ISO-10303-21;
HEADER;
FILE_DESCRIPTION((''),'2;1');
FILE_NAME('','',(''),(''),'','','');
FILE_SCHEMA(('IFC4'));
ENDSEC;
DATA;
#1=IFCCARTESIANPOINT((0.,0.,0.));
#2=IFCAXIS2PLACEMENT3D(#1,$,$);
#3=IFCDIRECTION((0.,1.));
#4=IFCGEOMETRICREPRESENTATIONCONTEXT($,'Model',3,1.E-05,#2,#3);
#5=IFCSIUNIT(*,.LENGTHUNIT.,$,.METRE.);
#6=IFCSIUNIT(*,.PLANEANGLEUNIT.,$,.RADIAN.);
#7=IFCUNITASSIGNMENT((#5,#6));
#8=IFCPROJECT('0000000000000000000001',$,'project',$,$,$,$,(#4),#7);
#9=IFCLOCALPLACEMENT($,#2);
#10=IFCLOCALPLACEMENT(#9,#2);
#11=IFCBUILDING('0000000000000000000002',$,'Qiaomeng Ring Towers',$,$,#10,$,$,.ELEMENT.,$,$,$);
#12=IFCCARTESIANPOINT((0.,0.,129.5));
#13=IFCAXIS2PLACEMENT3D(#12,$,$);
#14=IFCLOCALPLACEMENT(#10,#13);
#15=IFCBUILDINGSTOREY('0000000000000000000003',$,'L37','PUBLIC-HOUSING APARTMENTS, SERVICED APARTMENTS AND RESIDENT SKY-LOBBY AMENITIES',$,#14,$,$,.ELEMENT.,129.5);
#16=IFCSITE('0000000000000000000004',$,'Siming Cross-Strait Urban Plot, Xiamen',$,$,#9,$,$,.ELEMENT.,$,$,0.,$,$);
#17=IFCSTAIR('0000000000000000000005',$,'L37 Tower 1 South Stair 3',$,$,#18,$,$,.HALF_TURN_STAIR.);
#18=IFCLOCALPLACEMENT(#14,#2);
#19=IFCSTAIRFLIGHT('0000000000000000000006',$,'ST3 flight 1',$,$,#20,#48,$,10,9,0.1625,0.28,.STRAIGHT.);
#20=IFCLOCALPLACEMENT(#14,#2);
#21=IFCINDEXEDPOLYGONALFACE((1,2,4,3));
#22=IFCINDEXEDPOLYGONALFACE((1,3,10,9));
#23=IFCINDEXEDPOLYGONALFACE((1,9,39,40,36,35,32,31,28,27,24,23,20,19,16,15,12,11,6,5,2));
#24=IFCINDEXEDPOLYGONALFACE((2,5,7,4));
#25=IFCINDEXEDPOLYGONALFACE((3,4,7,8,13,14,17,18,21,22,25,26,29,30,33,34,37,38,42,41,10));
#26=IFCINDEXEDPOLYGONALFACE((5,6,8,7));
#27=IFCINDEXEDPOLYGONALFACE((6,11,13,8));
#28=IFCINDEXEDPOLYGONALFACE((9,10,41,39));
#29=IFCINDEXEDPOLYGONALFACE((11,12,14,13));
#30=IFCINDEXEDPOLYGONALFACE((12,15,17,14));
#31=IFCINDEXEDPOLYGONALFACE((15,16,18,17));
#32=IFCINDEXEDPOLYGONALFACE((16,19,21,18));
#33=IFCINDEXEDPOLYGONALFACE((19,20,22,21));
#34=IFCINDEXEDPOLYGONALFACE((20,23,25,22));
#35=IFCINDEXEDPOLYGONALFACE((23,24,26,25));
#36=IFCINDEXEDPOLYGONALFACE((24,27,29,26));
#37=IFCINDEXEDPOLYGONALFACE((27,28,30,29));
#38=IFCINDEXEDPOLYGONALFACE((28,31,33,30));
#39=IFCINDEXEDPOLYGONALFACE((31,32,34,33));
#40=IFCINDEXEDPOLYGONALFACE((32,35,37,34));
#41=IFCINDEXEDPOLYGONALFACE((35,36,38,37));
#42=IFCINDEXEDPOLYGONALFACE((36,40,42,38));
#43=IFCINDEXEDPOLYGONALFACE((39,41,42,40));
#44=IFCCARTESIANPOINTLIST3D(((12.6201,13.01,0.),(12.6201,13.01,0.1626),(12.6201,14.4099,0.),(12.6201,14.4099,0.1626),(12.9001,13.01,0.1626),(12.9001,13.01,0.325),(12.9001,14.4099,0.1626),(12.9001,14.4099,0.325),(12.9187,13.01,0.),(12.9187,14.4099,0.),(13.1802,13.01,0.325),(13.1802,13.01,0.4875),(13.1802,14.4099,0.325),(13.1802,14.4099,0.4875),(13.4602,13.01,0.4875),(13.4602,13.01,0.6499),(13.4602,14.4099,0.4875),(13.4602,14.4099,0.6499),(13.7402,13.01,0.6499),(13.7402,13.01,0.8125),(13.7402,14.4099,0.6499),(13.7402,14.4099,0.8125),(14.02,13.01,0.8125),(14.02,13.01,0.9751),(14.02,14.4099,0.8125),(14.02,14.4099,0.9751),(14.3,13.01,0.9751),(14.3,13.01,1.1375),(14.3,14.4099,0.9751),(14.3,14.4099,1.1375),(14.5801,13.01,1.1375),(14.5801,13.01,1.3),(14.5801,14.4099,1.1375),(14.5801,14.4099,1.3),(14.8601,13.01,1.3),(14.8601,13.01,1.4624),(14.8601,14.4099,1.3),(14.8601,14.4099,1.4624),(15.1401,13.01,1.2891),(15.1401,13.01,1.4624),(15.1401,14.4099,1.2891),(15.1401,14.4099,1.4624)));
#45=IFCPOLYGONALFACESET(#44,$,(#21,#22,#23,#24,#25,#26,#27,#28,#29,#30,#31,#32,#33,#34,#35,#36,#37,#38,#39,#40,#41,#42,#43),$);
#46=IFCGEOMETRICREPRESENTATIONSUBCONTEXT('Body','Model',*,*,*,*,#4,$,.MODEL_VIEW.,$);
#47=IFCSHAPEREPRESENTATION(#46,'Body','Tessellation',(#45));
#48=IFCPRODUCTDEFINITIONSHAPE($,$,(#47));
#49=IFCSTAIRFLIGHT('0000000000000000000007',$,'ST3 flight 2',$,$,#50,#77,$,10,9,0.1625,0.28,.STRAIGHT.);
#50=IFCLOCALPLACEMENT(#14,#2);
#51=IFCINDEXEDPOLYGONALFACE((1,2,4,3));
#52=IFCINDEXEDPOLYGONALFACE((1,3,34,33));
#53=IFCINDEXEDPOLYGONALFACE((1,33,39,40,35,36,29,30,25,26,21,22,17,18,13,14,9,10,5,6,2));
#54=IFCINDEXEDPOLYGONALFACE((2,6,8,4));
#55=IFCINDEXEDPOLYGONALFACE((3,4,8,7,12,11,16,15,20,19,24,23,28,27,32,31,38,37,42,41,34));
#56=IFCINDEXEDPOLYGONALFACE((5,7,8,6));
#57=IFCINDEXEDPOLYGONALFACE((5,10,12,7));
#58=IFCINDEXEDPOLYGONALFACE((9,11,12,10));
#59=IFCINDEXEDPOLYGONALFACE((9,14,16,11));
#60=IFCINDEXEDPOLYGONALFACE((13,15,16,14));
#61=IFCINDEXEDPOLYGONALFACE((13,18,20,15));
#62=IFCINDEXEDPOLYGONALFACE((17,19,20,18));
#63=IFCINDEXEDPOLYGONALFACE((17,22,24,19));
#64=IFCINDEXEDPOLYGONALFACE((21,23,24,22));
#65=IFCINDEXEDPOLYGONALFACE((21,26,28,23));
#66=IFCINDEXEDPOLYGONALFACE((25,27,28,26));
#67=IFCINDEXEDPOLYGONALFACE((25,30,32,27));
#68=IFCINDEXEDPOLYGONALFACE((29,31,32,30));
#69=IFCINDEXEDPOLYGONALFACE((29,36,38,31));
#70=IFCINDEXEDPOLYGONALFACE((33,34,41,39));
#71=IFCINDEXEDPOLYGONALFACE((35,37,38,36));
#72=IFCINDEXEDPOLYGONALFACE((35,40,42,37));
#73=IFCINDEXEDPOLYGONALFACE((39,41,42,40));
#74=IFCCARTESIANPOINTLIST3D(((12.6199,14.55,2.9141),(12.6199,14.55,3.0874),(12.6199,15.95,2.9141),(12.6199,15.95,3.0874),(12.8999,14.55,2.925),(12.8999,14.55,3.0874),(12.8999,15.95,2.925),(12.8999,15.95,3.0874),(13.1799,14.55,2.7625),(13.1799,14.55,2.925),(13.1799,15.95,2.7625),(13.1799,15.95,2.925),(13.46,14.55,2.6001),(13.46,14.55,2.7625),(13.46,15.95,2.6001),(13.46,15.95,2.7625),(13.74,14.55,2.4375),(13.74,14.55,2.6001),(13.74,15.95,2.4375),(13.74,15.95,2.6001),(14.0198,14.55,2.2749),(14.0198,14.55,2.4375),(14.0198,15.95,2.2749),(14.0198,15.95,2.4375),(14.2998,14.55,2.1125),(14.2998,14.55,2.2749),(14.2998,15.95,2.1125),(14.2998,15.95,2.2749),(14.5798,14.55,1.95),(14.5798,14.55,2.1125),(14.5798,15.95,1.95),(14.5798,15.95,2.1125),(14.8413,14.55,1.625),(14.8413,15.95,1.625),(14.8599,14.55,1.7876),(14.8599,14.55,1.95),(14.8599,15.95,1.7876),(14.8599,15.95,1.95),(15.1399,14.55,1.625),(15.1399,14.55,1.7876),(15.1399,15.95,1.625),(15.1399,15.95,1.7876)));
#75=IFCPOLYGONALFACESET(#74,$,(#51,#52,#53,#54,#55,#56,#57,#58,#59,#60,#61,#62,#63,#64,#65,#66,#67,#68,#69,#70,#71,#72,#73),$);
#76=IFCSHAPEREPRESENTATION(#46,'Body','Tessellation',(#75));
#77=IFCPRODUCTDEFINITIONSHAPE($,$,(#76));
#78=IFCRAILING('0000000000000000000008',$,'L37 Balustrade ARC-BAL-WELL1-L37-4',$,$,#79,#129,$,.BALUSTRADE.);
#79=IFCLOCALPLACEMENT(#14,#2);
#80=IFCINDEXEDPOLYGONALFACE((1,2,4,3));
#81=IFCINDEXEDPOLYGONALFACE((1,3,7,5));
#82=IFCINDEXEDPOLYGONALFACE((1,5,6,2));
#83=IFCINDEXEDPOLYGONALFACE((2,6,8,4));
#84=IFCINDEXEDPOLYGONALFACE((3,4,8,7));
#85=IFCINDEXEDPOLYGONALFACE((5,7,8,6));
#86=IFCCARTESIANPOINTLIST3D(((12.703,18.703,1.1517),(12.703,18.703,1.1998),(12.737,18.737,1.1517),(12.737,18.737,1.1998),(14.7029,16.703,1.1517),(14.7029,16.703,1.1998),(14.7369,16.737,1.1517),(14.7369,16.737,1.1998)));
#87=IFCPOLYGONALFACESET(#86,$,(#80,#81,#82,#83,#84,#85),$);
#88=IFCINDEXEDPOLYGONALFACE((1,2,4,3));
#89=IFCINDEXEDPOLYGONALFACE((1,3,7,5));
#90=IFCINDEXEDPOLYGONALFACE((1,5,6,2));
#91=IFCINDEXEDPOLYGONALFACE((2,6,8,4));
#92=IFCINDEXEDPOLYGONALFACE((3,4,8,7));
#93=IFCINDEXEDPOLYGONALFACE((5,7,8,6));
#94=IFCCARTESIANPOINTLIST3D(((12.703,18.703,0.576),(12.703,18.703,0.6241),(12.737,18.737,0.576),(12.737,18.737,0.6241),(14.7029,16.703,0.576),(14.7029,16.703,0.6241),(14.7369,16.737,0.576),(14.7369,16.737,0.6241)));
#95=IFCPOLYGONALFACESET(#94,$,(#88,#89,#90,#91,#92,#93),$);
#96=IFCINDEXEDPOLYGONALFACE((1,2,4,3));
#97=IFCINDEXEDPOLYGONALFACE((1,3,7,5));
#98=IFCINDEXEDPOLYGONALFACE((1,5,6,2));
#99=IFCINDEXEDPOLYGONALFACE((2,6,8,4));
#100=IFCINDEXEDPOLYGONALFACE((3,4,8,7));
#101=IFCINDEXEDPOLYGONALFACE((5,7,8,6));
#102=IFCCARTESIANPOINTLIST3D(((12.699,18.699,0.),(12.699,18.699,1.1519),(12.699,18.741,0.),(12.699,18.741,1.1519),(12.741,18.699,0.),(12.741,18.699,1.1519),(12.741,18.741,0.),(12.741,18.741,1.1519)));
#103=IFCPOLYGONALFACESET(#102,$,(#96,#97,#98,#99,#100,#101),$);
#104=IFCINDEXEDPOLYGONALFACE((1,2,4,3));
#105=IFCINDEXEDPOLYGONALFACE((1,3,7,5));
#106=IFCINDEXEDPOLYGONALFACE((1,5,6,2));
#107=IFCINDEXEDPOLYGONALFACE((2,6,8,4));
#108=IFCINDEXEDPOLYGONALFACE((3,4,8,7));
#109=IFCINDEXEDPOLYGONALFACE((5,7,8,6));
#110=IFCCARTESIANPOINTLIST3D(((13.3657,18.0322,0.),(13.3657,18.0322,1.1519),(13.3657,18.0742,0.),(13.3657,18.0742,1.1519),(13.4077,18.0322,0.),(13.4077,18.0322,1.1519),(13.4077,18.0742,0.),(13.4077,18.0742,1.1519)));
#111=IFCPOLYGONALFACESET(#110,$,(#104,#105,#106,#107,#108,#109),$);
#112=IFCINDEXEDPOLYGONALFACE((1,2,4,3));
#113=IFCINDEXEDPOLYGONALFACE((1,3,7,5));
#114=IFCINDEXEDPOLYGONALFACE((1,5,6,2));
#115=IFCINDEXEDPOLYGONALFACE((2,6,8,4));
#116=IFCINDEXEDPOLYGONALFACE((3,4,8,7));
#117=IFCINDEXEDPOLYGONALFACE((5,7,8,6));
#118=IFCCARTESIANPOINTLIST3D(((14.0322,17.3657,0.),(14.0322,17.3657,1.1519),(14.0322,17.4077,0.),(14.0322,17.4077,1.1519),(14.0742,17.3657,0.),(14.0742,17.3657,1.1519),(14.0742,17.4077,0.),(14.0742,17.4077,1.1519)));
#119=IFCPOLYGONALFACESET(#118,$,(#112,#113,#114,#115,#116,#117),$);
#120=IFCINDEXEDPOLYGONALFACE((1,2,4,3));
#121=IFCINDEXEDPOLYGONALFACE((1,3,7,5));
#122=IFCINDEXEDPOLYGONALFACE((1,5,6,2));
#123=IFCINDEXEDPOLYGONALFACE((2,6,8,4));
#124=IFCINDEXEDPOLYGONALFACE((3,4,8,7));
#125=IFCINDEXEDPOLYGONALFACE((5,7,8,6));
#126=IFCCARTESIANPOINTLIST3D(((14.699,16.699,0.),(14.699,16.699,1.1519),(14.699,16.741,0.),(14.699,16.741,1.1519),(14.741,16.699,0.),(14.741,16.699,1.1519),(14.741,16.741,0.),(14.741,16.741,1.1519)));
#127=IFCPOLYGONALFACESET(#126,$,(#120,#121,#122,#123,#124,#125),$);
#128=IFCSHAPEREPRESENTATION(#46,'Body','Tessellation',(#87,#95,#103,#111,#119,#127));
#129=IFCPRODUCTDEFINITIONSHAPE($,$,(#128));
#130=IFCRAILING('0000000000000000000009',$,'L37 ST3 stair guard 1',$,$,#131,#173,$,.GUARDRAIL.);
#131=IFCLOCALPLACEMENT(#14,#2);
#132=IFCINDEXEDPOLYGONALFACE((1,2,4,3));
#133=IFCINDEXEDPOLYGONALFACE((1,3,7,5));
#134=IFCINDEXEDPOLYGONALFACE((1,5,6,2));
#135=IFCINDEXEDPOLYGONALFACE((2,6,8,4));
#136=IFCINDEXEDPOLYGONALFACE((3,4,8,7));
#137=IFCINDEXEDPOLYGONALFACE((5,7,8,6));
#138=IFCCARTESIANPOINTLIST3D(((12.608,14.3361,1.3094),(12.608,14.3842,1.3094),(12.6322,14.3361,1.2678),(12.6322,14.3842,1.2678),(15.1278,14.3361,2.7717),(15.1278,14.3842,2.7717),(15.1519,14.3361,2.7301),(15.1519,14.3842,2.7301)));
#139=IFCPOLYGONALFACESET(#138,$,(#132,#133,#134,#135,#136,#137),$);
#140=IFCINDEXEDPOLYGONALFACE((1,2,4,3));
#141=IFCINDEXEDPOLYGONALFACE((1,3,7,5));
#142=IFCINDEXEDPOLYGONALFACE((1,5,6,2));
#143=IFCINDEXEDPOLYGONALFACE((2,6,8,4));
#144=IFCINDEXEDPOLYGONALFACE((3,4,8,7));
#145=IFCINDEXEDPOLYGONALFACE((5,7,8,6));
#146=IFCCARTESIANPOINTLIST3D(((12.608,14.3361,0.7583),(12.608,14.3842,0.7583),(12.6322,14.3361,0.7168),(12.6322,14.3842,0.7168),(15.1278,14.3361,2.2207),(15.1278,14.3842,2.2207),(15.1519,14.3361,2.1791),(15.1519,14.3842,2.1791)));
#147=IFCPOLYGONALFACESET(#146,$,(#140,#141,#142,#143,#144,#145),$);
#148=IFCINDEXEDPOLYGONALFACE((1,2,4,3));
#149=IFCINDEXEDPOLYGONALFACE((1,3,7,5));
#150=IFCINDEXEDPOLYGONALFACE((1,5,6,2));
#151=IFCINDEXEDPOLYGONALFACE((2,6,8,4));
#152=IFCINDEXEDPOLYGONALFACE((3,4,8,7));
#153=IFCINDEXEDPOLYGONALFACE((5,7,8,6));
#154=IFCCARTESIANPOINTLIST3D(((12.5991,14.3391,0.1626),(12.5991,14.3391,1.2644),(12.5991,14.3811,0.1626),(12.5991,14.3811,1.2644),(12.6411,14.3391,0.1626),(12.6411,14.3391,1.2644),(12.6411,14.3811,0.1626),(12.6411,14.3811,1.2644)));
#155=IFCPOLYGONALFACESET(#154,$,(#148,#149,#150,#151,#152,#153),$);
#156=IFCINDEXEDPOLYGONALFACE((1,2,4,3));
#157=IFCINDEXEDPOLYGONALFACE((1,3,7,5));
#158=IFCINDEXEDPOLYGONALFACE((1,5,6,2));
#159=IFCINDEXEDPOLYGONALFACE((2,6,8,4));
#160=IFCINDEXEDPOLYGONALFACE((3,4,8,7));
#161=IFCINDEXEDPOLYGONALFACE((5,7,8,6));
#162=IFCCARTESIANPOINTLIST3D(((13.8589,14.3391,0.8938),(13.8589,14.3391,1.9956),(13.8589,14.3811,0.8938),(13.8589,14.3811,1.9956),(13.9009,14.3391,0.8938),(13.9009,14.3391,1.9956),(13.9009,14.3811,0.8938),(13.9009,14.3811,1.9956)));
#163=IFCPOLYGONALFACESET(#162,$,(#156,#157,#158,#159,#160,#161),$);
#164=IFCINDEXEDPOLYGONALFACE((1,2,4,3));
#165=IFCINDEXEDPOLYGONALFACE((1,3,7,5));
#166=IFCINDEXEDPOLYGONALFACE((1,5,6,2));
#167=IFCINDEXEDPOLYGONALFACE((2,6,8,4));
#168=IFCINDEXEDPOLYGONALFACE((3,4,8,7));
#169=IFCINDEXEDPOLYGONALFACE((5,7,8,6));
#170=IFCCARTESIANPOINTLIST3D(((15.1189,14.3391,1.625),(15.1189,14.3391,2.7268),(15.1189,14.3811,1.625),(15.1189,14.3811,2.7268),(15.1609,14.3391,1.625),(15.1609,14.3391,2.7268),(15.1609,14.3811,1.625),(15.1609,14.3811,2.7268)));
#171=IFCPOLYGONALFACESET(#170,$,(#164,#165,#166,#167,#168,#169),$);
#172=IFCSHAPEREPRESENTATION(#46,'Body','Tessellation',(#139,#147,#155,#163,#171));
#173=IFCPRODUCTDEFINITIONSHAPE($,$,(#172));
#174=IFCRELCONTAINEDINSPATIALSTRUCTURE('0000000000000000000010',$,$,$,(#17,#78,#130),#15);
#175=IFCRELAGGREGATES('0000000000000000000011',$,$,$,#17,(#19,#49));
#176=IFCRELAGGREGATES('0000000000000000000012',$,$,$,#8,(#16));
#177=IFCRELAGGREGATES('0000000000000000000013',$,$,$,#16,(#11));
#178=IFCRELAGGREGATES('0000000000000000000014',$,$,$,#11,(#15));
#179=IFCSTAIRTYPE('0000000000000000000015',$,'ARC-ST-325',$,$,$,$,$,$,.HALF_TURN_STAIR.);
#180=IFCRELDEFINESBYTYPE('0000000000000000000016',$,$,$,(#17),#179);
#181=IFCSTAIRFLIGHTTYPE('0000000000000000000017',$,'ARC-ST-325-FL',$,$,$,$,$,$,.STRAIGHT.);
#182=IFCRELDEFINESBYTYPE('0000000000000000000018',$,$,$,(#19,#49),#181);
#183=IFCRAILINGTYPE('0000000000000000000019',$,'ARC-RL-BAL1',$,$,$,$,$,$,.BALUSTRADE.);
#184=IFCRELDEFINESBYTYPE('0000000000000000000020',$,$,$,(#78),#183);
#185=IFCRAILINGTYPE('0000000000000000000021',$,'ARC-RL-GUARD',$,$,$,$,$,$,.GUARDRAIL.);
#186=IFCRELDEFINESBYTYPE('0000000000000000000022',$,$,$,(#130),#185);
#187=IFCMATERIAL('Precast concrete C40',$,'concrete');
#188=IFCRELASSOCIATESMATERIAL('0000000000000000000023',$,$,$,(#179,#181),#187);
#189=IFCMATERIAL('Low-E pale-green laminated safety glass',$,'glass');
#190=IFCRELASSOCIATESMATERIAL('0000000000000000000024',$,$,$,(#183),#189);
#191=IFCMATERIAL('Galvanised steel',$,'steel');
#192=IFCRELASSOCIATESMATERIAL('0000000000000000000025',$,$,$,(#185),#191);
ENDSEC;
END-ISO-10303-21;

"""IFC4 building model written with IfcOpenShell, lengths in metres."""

from ifc_helpers import new_model, si_unit, direction, frame, origin, origin_2d, place, context, subcontext, project, spatial, polyline, rectangle, outline, extrude, source, transform, mapped, material, type_object, element, aggregate, save


model = new_model("IFC4")

# Units and contexts
model_context = context("Model", 3, precision=1e-05, world=origin(), true_north=direction((0.0, 1.0)))
body_context = subcontext(model_context, "Body", "Model", "MODEL_VIEW")
ifc_project = project(units=[si_unit("LENGTHUNIT", "METRE"), si_unit("PLANEANGLEUNIT", "RADIAN")], contexts=[model_context])

# Site, building, storey
site_placement = place(None, origin())
site = spatial("IfcSite", under=ifc_project, at=site_placement, Name="Siming Cross-Strait Urban Plot, Xiamen", CompositionType="ELEMENT", RefElevation=0.0)
building_placement = place(site_placement, origin())
building = spatial("IfcBuilding", under=site, at=building_placement, Name="Qiaomeng Ring Towers", CompositionType="ELEMENT")
storey_placement = place(building_placement, frame((0.0, 0.0, 129.5)))
storey = spatial("IfcBuildingStorey", under=building, at=storey_placement, Name="L37", Description="PUBLIC-HOUSING APARTMENTS, SERVICED APARTMENTS AND RESIDENT SKY-LOBBY AMENITIES", CompositionType="ELEMENT", Elevation=129.5)

# Shared definitions
ifc_material_1 = material(Name="Galvanised steel", Category="steel")

# Stair, stair flights
ifc_material_2 = material(Name="Precast concrete C40", Category="concrete")
stair_type = type_object("IfcStairType", Name="ARC-ST-325", PredefinedType="HALF_TURN_STAIR", material=ifc_material_2)
stair_placement = place(storey_placement, origin())
stair = element("IfcStair", 1, at=stair_placement, inside=storey, type_object=stair_type, Name="L37 Tower 1 South Stair 3", PredefinedType="HALF_TURN_STAIR")
stair_flight_type = type_object("IfcStairFlightType", Name="ARC-ST-325-FL", PredefinedType="STRAIGHT", material=ifc_material_2)
shared_shape_1 = source(origin(), body_context, "Body", "SweptSolid", [
    extrude(outline(polyline([(0.0, 0.0), (0.0, 0.1626), (0.28, 0.1626), (0.28, 0.325), (0.5601, 0.325), (0.5601, 0.4875), (0.8401, 0.4875), (0.8401, 0.6499), (1.1201, 0.6499), (1.1201, 0.8125), (1.3999, 0.8125), (1.3999, 0.9751), (1.6799, 0.9751), (1.6799, 1.1375), (1.96, 1.1375), (1.96, 1.3), (2.24, 1.3), (2.24, 1.4624), (2.52, 1.4624), (2.52, 1.625), (2.52, 1.2891), (0.2986, 0.0), (0.0, 0.0)])), frame((0.0, 0.7, 0.0), z_axis=(0.0, -1.0, 0.0), x_axis=(1.0, 0.0, 0.0)), (0.0, 0.0, 1.0), 1.3999),
])
stair_flight_1_placement = place(storey_placement, frame((12.6201, 13.71, 0.0), z_axis=(0.0, 0.0, 1.0), x_axis=(1.0, 0.0, 0.0)))
stair_flight_1 = element("IfcStairFlight", 2, at=stair_flight_1_placement, type_object=stair_flight_type, Name="ST3 flight 1", NumberOfRisers=10, NumberOfTreads=9, PredefinedType="STRAIGHT", RiserHeight=0.1625, TreadLength=0.28, context=body_context, shape_type="MappedRepresentation", body=[
    mapped(shared_shape_1, transform((0.0, 0.0, 0.0), x_axis=(1.0, 0.0, 0.0), y_axis=(0.0, 1.0, 0.0), z_axis=(0.0, 0.0, 1.0), scale=1.0)),
])
stair_flight_2_placement = place(storey_placement, frame((15.1399, 15.25, 1.625), z_axis=(0.0, 0.0, 1.0), x_axis=(-1.0, 0.0, 0.0)))
stair_flight_2 = element("IfcStairFlight", 3, at=stair_flight_2_placement, type_object=stair_flight_type, Name="ST3 flight 2", NumberOfRisers=10, NumberOfTreads=9, PredefinedType="STRAIGHT", RiserHeight=0.1625, TreadLength=0.28, context=body_context, shape_type="MappedRepresentation", body=[
    mapped(shared_shape_1, transform((0.0, 0.0, 0.0), x_axis=(1.0, 0.0, 0.0), y_axis=(0.0, 1.0, 0.0), z_axis=(0.0, 0.0, 1.0), scale=1.0)),
])
aggregate(stair, [stair_flight_1, stair_flight_2])

# Railings
ifc_material_3 = material(Name="Low-E pale-green laminated safety glass", Category="glass")
railing_type_1 = type_object("IfcRailingType", Name="ARC-RL-BAL1", PredefinedType="BALUSTRADE", material=ifc_material_3)
railing_1_placement = place(storey_placement, frame((12.72, 18.72, 0.0)))
element("IfcRailing", 4, at=railing_1_placement, inside=storey, type_object=railing_type_1, Name="L37 Balustrade ARC-BAL-WELL1-L37-4", PredefinedType="BALUSTRADE", context=body_context, shape_type="SweptSolid", body=[
    extrude(rectangle(XDim=0.0481, YDim=0.0481, at=origin_2d()), frame((0.0, 0.0, 1.1758), z_axis=(0.707107, -0.707107, 0.0), x_axis=(0.707107, 0.707107, 0.0)), (0.0, 0.0, 1.0), 2.8284),
    extrude(rectangle(XDim=0.0481, YDim=0.0481, at=origin_2d()), frame((0.0, 0.0, 0.6001), z_axis=(0.707107, -0.707107, 0.0), x_axis=(0.707107, 0.707107, 0.0)), (0.0, 0.0, 1.0), 2.8284),
    extrude(rectangle(XDim=0.042, YDim=0.042, at=origin_2d()), origin(), (0.0, 0.0, 1.0), 1.1519),
    extrude(rectangle(XDim=0.042, YDim=0.042, at=origin_2d()), frame((0.6667, -0.6667, 0.0)), (0.0, 0.0, 1.0), 1.1519),
    extrude(rectangle(XDim=0.042, YDim=0.042, at=origin_2d()), frame((1.3333, -1.3333, 0.0)), (0.0, 0.0, 1.0), 1.1519),
    extrude(rectangle(XDim=0.042, YDim=0.042, at=origin_2d()), frame((2.0, -2.0, 0.0)), (0.0, 0.0, 1.0), 1.1519),
])
railing_type_2 = type_object("IfcRailingType", Name="ARC-RL-GUARD", PredefinedType="GUARDRAIL", material=ifc_material_1)
railing_2_placement = place(storey_placement, frame((12.6201, 14.3601, 0.1626)))
element("IfcRailing", 5, at=railing_2_placement, inside=storey, type_object=railing_type_2, Name="L37 ST3 stair guard 1", PredefinedType="GUARDRAIL", context=body_context, shape_type="SweptSolid", body=[
    extrude(rectangle(XDim=0.0481, YDim=0.0481, at=origin_2d()), frame((0.0, 0.0, 1.126), z_axis=(0.864892, 0.0, 0.501958), x_axis=(0.0, 1.0, 0.0)), (0.0, 0.0, 1.0), 2.9133),
    extrude(rectangle(XDim=0.0481, YDim=0.0481, at=origin_2d()), frame((0.0, 0.0, 0.575), z_axis=(0.864892, 0.0, 0.501958), x_axis=(0.0, 1.0, 0.0)), (0.0, 0.0, 1.0), 2.9133),
    extrude(rectangle(XDim=0.042, YDim=0.042, at=origin_2d()), origin(), (0.0, 0.0, 1.0), 1.1018),
    extrude(rectangle(XDim=0.042, YDim=0.042, at=origin_2d()), frame((1.2598, 0.0, 0.7312)), (0.0, 0.0, 1.0), 1.1018),
    extrude(rectangle(XDim=0.042, YDim=0.042, at=origin_2d()), frame((2.5198, 0.0, 1.4624)), (0.0, 0.0, 1.0), 1.1018),
])

save(model, "model.ifc")
